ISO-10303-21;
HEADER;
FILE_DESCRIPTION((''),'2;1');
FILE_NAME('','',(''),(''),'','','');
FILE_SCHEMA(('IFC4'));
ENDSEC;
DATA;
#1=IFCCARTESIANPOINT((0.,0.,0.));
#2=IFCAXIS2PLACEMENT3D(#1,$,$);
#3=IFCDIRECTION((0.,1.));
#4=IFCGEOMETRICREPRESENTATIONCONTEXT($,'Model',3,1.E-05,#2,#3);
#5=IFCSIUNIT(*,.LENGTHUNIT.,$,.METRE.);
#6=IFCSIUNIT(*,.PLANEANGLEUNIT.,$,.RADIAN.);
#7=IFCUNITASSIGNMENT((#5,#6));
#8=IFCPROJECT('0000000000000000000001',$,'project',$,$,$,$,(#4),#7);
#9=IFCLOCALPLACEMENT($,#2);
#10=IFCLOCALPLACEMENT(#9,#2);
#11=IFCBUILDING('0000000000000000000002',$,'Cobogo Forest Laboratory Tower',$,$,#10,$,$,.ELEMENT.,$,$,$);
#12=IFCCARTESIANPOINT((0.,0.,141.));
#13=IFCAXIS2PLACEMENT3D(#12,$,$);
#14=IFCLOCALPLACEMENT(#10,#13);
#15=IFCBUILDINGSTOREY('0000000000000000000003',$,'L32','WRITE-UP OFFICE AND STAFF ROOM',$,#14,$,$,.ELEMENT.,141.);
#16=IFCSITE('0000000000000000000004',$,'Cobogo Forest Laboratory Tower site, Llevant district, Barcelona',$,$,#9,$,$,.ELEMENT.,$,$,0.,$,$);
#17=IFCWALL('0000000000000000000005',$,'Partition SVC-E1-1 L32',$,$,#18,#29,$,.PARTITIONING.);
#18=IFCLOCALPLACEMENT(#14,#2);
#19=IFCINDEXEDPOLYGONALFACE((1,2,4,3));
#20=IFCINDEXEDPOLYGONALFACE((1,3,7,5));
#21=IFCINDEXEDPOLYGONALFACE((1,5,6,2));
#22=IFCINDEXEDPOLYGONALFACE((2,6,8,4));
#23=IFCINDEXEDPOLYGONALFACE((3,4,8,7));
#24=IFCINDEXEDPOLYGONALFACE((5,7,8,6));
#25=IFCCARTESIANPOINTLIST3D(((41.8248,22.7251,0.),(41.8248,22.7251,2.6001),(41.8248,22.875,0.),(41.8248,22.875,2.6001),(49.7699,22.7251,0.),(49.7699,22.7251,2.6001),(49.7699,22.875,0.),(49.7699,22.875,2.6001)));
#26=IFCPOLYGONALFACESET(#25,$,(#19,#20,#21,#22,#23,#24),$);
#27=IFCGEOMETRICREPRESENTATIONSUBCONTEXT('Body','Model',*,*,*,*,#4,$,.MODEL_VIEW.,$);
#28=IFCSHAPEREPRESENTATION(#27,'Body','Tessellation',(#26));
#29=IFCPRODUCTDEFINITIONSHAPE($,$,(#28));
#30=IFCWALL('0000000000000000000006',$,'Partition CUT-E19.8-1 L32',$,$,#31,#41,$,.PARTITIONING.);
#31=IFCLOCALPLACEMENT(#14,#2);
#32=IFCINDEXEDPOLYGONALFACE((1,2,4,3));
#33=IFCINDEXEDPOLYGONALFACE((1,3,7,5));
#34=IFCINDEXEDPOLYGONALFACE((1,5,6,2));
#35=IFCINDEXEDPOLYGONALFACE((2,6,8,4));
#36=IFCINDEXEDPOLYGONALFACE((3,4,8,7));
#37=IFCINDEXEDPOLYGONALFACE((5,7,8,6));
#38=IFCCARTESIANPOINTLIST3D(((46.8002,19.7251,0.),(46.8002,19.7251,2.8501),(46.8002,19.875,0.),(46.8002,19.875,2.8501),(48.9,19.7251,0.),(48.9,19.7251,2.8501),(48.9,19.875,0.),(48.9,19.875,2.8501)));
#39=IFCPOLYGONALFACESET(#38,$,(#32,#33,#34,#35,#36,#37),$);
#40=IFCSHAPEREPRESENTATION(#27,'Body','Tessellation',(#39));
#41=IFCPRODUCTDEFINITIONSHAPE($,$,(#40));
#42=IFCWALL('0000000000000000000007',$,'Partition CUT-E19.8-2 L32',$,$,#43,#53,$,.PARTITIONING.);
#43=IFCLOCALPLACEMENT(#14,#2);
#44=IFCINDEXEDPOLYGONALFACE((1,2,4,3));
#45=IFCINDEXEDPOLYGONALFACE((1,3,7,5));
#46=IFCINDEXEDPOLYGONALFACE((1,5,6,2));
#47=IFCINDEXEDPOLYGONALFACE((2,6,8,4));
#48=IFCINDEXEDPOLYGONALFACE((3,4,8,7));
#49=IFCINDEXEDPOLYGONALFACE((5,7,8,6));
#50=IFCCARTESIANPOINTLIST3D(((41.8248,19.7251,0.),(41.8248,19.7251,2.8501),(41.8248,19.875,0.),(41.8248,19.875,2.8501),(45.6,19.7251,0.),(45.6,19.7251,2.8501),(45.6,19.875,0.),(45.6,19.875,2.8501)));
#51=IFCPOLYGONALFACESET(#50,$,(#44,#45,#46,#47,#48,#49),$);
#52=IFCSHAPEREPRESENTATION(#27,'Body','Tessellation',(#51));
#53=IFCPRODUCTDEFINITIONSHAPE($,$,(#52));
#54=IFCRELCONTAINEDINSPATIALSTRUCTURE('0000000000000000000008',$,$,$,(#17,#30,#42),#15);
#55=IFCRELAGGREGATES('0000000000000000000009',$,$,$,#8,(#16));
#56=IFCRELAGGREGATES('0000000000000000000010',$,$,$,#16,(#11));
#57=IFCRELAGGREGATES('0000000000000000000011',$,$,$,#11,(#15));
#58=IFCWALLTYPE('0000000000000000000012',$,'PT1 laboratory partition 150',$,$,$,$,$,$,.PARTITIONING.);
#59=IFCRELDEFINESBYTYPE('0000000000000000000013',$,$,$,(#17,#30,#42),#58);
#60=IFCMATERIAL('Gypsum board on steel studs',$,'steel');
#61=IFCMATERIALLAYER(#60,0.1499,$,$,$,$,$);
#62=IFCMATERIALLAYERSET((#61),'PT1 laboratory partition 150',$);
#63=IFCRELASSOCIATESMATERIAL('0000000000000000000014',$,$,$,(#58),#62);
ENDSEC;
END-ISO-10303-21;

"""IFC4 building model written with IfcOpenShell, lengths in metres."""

from ifc_helpers import new_model, si_unit, direction, frame, frame_2d, origin, place, context, subcontext, project, spatial, rectangle, extrude, material, layer, layer_set, type_object, element, save


model = new_model("IFC4")

# Units and contexts
model_context = context("Model", 3, precision=1e-05, world=origin(), true_north=direction((0.0, 1.0)))
body_context = subcontext(model_context, "Body", "Model", "MODEL_VIEW")
ifc_project = project(units=[si_unit("LENGTHUNIT", "METRE"), si_unit("PLANEANGLEUNIT", "RADIAN")], contexts=[model_context])

# Site, building, storey
site_placement = place(None, origin())
site = spatial("IfcSite", under=ifc_project, at=site_placement, Name="Cobogo Forest Laboratory Tower site, Llevant district, Barcelona", CompositionType="ELEMENT", RefElevation=0.0)
building_placement = place(site_placement, origin())
building = spatial("IfcBuilding", under=site, at=building_placement, Name="Cobogo Forest Laboratory Tower", CompositionType="ELEMENT")
storey_placement = place(building_placement, frame((0.0, 0.0, 141.0)))
storey = spatial("IfcBuildingStorey", under=building, at=storey_placement, Name="L32", Description="WRITE-UP OFFICE AND STAFF ROOM", CompositionType="ELEMENT", Elevation=141.0)

# Walls
ifc_material_1 = material(Name="Gypsum board on steel studs", Category="steel")
ifc_layer_1 = layer(ifc_material_1, 0.1499)
ifc_layer_set_1 = layer_set([ifc_layer_1], Name="PT1 laboratory partition 150")
wall_type = type_object("IfcWallType", Name="PT1 laboratory partition 150", PredefinedType="PARTITIONING", material=ifc_layer_set_1)
wall_1_placement = place(storey_placement, frame((49.77, 22.8, 0.0), z_axis=(0.0, 0.0, 1.0), x_axis=(-1.0, 0.0, 0.0)))
element("IfcWall", 1, at=wall_1_placement, inside=storey, type_object=wall_type, Name="Partition SVC-E1-1 L32", PredefinedType="PARTITIONING", context=body_context, shape_type="SweptSolid", body=[
    extrude(rectangle(XDim=7.9451, YDim=0.1499, at=frame_2d((3.9727, 0.0))), origin(), (0.0, 0.0, 1.0), 2.6001),
])
wall_2_placement = place(storey_placement, frame((48.8999, 19.8, 0.0), z_axis=(0.0, 0.0, 1.0), x_axis=(-1.0, 0.0, 0.0)))
element("IfcWall", 2, at=wall_2_placement, inside=storey, type_object=wall_type, Name="Partition CUT-E19.8-1 L32", PredefinedType="PARTITIONING", context=body_context, shape_type="SweptSolid", body=[
    extrude(rectangle(XDim=2.0999, YDim=0.1499, at=frame_2d((1.0498, 0.0))), origin(), (0.0, 0.0, 1.0), 2.8501),
])
wall_3_placement = place(storey_placement, frame((45.6001, 19.8, 0.0), z_axis=(0.0, 0.0, 1.0), x_axis=(-1.0, 0.0, 0.0)))
element("IfcWall", 3, at=wall_3_placement, inside=storey, type_object=wall_type, Name="Partition CUT-E19.8-2 L32", PredefinedType="PARTITIONING", context=body_context, shape_type="SweptSolid", body=[
    extrude(rectangle(XDim=3.7751, YDim=0.1499, at=frame_2d((1.8877, 0.0))), origin(), (0.0, 0.0, 1.0), 2.8501),
])

save(model, "model.ifc")
